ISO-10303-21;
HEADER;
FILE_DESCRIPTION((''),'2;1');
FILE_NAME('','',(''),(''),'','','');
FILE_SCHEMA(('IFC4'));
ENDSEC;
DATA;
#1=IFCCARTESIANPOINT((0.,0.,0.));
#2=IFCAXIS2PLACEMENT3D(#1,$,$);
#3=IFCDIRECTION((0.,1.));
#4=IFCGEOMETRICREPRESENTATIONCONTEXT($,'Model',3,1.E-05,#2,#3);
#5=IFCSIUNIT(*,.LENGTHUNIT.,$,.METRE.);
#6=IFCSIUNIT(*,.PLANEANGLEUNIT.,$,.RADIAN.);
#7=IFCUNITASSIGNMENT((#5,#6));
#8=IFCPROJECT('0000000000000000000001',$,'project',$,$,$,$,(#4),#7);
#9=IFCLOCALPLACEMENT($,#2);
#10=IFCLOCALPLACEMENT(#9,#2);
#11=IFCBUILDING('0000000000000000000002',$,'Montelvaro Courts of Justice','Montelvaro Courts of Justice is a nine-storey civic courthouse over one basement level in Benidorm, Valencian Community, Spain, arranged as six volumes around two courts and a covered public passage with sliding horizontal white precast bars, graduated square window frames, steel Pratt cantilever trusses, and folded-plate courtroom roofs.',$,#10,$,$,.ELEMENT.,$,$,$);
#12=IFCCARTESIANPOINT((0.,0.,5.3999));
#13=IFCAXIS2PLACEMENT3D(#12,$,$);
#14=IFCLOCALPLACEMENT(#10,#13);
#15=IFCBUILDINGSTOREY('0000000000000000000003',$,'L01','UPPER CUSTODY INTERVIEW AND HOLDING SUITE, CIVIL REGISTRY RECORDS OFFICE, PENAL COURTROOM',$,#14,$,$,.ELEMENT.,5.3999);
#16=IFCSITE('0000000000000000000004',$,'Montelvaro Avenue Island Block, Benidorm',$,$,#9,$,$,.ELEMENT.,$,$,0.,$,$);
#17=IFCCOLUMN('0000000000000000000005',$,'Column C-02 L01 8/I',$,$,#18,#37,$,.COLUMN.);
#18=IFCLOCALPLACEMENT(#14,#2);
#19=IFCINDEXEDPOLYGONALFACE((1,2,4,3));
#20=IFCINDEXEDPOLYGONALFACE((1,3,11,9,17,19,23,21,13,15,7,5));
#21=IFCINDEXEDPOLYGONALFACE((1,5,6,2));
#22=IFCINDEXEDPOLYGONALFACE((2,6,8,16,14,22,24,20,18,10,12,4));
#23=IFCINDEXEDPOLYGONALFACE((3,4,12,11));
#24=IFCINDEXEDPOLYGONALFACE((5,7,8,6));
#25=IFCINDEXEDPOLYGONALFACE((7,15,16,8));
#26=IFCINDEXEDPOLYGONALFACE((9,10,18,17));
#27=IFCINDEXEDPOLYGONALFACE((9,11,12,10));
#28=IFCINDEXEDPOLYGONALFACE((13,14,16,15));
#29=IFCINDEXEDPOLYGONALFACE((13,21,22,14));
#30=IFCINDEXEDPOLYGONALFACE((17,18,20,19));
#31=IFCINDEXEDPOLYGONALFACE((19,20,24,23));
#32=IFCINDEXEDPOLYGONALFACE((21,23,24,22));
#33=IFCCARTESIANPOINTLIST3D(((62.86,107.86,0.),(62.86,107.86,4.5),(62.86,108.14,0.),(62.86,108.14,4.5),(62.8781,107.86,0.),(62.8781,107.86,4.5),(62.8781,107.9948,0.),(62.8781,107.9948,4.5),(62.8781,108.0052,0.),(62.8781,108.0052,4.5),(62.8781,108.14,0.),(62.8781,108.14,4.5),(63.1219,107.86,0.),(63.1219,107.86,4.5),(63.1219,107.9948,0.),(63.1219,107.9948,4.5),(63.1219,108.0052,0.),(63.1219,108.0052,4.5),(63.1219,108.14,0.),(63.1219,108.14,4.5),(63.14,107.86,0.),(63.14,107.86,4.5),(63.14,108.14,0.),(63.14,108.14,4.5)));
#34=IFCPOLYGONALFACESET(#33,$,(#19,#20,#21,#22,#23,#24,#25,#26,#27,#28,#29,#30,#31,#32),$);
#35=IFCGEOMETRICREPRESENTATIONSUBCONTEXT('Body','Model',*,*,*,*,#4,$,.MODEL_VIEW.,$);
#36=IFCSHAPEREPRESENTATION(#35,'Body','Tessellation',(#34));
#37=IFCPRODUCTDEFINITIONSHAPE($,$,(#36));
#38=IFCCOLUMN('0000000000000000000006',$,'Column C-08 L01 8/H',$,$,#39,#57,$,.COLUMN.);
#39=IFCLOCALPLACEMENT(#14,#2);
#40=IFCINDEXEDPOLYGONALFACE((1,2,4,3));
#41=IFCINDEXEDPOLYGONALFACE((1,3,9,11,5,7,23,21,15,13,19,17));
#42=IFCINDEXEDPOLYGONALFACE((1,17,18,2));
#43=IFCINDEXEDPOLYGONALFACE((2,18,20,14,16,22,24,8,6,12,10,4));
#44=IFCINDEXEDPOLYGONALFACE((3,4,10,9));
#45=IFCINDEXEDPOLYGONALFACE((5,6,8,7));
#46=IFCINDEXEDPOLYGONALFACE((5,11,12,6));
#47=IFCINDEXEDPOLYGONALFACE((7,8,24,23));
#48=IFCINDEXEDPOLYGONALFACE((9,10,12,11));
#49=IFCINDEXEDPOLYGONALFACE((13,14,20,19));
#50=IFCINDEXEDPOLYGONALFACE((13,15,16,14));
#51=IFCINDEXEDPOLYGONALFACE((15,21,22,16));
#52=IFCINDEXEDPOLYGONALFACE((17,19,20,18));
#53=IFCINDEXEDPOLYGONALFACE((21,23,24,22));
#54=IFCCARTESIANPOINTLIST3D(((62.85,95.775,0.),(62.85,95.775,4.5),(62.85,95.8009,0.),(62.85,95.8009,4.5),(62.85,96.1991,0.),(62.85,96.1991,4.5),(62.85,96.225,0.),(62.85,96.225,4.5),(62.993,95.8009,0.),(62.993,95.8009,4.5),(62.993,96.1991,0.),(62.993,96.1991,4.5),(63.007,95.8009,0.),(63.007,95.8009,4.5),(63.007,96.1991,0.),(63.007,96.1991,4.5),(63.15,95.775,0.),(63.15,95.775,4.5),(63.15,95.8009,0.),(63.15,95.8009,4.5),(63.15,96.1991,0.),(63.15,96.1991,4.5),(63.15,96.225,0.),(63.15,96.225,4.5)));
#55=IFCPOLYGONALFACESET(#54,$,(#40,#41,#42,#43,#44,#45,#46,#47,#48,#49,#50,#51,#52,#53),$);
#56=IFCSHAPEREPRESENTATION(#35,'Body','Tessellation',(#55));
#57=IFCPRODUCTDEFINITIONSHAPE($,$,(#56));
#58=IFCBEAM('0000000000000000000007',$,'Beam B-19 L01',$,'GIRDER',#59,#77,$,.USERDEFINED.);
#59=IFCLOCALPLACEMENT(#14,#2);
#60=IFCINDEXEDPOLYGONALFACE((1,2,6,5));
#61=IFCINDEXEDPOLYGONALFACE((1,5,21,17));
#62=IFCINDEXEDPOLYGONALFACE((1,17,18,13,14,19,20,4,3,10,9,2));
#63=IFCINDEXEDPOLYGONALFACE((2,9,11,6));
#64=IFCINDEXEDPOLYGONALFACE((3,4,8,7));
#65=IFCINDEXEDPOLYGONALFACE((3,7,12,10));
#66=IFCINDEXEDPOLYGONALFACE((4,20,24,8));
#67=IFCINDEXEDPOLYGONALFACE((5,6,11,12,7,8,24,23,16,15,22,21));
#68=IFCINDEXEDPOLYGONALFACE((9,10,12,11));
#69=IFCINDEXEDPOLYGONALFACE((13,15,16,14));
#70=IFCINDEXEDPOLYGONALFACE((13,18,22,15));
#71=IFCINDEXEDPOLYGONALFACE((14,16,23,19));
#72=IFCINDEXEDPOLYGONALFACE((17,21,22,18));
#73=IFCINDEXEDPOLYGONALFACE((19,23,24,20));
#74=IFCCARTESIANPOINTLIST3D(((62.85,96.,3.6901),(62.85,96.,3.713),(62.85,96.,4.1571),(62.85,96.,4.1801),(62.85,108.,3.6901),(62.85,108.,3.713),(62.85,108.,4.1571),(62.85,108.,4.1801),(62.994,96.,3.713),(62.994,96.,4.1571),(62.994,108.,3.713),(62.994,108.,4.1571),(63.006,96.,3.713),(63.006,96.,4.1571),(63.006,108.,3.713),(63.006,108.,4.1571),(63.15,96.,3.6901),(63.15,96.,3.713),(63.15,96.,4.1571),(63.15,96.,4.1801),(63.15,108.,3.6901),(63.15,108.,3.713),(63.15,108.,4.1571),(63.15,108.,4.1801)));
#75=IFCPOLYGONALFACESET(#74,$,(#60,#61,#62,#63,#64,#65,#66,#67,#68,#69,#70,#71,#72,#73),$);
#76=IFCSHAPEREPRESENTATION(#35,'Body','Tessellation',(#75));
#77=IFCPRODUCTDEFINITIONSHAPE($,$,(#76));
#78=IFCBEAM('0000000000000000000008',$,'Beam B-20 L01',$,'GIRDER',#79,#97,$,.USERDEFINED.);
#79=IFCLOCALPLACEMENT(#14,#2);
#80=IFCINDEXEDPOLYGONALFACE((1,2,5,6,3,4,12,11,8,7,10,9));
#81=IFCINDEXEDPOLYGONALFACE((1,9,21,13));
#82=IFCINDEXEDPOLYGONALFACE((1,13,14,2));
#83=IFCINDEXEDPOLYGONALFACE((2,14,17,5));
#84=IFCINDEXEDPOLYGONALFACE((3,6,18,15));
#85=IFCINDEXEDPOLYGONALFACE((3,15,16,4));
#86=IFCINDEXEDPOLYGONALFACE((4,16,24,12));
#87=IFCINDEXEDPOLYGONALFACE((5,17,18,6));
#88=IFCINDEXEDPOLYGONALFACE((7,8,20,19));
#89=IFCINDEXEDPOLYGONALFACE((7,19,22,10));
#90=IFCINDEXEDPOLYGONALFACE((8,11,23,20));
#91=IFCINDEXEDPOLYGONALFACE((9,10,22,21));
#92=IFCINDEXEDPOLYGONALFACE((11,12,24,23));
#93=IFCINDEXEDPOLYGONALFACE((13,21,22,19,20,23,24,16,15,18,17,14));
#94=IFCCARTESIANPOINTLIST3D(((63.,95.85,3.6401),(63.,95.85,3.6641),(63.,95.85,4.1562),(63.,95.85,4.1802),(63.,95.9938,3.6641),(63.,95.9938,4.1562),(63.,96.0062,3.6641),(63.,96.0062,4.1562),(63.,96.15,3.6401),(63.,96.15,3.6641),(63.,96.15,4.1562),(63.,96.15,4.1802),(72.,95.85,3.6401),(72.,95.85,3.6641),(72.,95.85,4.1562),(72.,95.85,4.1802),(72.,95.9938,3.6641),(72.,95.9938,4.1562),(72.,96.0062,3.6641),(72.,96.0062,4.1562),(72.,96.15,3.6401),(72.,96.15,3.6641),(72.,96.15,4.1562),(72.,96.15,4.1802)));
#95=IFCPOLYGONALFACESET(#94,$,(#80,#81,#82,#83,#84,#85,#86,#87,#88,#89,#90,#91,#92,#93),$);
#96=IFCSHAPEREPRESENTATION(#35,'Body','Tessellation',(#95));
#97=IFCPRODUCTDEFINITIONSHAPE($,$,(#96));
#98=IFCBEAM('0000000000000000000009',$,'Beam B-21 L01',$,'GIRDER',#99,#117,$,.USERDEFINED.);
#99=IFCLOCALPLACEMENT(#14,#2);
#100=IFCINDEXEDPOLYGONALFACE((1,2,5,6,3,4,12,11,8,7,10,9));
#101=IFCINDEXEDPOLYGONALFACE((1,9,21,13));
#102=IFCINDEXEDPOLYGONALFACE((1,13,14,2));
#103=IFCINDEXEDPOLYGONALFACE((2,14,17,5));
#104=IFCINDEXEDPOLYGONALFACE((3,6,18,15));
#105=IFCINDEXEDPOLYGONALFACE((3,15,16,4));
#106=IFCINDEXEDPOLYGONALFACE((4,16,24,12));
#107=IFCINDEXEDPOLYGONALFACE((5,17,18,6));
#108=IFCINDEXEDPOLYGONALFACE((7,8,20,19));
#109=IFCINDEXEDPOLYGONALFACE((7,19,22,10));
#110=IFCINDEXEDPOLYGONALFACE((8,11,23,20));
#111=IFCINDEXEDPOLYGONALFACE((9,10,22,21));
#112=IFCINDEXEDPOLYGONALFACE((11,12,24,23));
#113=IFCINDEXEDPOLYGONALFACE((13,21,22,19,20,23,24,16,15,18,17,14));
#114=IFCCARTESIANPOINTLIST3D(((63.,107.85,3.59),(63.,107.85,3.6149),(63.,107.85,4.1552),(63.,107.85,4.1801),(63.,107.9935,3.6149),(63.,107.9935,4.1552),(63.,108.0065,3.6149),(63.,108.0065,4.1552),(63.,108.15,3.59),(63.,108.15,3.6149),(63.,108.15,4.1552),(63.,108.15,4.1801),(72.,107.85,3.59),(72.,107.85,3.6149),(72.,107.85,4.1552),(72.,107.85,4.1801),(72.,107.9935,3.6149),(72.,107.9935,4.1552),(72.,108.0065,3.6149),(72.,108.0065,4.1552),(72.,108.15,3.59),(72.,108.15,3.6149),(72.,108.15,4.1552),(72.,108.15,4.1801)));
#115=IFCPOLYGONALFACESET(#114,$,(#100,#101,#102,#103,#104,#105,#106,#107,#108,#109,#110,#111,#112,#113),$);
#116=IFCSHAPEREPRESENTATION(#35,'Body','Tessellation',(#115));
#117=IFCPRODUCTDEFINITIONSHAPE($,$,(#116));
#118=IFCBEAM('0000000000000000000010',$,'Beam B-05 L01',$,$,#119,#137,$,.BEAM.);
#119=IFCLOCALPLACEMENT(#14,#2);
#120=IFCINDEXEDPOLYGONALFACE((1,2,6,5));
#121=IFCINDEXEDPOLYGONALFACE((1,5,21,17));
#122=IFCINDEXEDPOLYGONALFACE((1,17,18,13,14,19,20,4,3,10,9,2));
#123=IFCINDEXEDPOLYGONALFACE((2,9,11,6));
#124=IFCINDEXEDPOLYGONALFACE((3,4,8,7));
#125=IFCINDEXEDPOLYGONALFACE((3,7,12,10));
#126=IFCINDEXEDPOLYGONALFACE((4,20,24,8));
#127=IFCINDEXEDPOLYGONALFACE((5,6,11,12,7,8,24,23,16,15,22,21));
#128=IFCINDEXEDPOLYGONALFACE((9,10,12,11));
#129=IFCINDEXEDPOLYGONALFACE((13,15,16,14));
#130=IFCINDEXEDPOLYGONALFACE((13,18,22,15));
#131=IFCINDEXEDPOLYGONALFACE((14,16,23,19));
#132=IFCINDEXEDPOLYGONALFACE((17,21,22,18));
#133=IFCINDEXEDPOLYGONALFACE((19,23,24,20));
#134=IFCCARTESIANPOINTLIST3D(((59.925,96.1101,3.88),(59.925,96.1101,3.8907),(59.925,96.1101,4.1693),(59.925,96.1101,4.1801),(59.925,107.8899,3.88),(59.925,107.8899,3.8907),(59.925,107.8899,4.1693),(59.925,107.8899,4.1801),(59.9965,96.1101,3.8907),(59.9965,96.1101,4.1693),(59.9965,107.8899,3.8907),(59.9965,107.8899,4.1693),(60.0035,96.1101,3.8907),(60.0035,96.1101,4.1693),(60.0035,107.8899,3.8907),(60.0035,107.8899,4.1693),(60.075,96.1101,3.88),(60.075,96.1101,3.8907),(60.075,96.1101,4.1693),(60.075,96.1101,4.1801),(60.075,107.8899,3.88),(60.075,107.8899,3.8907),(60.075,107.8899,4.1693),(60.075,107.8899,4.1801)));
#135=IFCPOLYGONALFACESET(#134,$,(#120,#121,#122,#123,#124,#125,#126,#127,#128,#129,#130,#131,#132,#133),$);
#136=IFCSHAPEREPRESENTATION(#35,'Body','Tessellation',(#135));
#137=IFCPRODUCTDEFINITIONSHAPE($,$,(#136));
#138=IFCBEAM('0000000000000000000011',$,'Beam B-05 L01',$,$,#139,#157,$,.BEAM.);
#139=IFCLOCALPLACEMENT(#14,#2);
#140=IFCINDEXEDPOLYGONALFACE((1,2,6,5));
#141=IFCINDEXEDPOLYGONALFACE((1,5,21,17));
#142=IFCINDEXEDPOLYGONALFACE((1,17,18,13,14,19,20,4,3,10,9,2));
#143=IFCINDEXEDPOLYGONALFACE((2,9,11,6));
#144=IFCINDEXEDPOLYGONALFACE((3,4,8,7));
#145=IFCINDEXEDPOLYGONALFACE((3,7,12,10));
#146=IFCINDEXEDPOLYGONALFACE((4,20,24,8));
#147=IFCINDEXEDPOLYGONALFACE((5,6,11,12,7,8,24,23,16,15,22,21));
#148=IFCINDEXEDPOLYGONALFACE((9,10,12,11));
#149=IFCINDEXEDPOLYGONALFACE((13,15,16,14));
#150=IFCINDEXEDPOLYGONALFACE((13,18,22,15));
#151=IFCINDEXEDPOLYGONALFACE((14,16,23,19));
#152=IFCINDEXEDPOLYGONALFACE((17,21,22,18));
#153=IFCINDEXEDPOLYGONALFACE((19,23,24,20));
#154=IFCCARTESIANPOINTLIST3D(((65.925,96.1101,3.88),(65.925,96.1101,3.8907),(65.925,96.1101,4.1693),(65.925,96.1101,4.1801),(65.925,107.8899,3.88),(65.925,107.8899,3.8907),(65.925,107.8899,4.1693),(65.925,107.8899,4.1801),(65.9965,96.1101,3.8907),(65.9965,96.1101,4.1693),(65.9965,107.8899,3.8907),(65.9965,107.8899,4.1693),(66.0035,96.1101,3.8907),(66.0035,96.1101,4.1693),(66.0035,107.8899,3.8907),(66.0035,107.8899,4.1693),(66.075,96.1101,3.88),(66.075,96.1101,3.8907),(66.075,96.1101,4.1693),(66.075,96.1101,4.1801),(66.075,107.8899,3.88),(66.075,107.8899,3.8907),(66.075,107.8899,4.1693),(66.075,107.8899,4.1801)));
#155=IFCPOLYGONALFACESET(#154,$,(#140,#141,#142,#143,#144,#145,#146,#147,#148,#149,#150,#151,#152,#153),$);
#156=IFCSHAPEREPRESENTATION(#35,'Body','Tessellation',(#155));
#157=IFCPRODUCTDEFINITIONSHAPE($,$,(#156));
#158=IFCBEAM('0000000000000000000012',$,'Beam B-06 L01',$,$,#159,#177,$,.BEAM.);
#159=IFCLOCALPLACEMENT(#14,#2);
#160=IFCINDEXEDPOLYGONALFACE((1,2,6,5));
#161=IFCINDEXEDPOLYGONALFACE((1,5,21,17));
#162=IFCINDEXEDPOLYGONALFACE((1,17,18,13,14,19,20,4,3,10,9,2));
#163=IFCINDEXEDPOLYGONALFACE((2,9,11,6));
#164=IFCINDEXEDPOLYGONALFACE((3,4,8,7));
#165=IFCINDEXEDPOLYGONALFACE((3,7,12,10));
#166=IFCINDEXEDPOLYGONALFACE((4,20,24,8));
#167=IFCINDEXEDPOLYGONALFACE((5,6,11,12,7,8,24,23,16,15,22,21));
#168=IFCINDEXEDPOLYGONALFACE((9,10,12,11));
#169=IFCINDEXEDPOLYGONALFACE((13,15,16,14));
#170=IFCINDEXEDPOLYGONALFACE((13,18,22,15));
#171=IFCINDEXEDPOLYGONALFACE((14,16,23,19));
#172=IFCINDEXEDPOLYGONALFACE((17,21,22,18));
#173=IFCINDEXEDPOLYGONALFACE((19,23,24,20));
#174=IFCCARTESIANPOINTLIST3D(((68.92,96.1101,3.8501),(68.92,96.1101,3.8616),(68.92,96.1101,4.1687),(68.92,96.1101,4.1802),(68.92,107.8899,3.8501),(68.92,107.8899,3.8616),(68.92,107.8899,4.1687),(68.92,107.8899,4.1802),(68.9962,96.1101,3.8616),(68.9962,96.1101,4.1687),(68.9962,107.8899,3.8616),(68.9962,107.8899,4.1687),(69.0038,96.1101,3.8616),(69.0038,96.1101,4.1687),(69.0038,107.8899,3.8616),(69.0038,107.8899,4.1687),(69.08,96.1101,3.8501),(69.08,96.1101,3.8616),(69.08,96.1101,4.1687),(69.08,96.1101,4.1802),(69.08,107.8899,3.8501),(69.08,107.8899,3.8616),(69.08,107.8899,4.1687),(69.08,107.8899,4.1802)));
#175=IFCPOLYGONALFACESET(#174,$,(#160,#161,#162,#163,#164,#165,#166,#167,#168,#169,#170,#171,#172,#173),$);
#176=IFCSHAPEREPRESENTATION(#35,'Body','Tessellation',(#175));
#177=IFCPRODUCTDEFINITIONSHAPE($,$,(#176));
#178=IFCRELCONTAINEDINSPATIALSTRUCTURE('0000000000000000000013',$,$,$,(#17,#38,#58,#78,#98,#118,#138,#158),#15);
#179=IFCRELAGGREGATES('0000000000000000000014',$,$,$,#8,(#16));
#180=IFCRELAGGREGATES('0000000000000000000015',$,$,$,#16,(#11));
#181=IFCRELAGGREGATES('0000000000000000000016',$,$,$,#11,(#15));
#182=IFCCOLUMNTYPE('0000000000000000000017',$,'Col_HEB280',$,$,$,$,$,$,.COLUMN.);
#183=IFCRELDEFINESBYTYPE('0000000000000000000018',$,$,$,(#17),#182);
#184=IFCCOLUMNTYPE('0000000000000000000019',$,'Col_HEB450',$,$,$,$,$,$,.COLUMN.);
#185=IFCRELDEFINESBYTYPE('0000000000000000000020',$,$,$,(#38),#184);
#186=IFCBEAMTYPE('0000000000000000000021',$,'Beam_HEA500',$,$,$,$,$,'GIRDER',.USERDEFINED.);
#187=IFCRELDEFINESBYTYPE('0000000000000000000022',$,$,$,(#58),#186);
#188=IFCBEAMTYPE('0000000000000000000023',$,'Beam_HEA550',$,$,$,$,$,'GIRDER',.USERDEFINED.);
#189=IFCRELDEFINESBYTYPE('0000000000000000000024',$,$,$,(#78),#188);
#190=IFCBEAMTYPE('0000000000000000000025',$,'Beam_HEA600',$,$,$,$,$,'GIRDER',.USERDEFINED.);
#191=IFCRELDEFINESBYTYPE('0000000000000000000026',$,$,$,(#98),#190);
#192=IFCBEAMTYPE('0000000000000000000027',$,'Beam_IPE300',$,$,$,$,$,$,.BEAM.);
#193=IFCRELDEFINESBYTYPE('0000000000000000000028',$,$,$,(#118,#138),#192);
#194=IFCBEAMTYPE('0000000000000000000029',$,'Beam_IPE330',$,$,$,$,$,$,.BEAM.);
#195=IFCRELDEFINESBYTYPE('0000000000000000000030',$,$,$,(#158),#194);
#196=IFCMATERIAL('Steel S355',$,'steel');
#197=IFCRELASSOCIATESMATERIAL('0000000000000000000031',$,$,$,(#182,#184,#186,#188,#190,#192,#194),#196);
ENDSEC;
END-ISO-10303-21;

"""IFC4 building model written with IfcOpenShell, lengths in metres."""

from ifc_helpers import new_model, si_unit, direction, frame, origin, origin_2d, place, context, subcontext, project, spatial, i_section, extrude, material, material_profile, profile_set, type_object, element, save


model = new_model("IFC4")

# Units and contexts
model_context = context("Model", 3, precision=1e-05, world=origin(), true_north=direction((0.0, 1.0)))
body_context = subcontext(model_context, "Body", "Model", "MODEL_VIEW")
ifc_project = project(units=[si_unit("LENGTHUNIT", "METRE"), si_unit("PLANEANGLEUNIT", "RADIAN")], contexts=[model_context])

# Site, building, storey
site_placement = place(None, origin())
site = spatial("IfcSite", under=ifc_project, at=site_placement, Name="Montelvaro Avenue Island Block, Benidorm", CompositionType="ELEMENT", RefElevation=0.0)
building_placement = place(site_placement, origin())
building = spatial("IfcBuilding", under=site, at=building_placement, Name="Montelvaro Courts of Justice", Description="Montelvaro Courts of Justice is a nine-storey civic courthouse over one basement level in Benidorm, Valencian Community, Spain, arranged as six volumes around two courts and a covered public passage with sliding horizontal white precast bars, graduated square window frames, steel Pratt cantilever trusses, and folded-plate courtroom roofs.", CompositionType="ELEMENT")
storey_placement = place(building_placement, frame((0.0, 0.0, 5.3999)))
storey = spatial("IfcBuildingStorey", under=building, at=storey_placement, Name="L01", Description="UPPER CUSTODY INTERVIEW AND HOLDING SUITE, CIVIL REGISTRY RECORDS OFFICE, PENAL COURTROOM", CompositionType="ELEMENT", Elevation=5.3999)

# Columns
ifc_material_1 = material(Name="Steel S355", Category="steel")
ifc_material_profile_1 = material_profile(ifc_material_1, i_section(OverallWidth=0.28, OverallDepth=0.28, WebThickness=0.0105, FlangeThickness=0.0181, at=origin_2d()), Name="HEB 280")
ifc_profile_set_1 = profile_set([ifc_material_profile_1], Name="Steel S355")
column_type_1 = type_object("IfcColumnType", Name="Col_HEB280", PredefinedType="COLUMN", material=ifc_profile_set_1)
column_1_placement = place(storey_placement, frame((63.0, 108.0, 0.0), z_axis=(0.0, 0.0, 1.0), x_axis=(0.0, 1.0, 0.0)))
element("IfcColumn", 1, at=column_1_placement, inside=storey, type_object=column_type_1, Name="Column C-02 L01 8/I", PredefinedType="COLUMN", context=body_context, shape_type="SweptSolid", body=[
    extrude(i_section(OverallWidth=0.28, OverallDepth=0.28, WebThickness=0.0105, FlangeThickness=0.0181, at=origin_2d()), origin(), (0.0, 0.0, 1.0), 4.5),
])
ifc_material_profile_2 = material_profile(ifc_material_1, i_section(OverallWidth=0.3, OverallDepth=0.45, WebThickness=0.0139, FlangeThickness=0.0259, at=origin_2d()), Name="HEB 450")
ifc_profile_set_2 = profile_set([ifc_material_profile_2], Name="Steel S355")
column_type_2 = type_object("IfcColumnType", Name="Col_HEB450", PredefinedType="COLUMN", material=ifc_profile_set_2)
column_2_placement = place(storey_placement, frame((63.0, 96.0, 0.0), z_axis=(0.0, 0.0, 1.0), x_axis=(1.0, 0.0, 0.0)))
element("IfcColumn", 2, at=column_2_placement, inside=storey, type_object=column_type_2, Name="Column C-08 L01 8/H", PredefinedType="COLUMN", context=body_context, shape_type="SweptSolid", body=[
    extrude(i_section(OverallWidth=0.3, OverallDepth=0.45, WebThickness=0.0139, FlangeThickness=0.0259, at=origin_2d()), origin(), (0.0, 0.0, 1.0), 4.5),
])

# Beams
ifc_material_profile_3 = material_profile(ifc_material_1, i_section(OverallWidth=0.3, OverallDepth=0.49, WebThickness=0.012, FlangeThickness=0.0229, at=origin_2d()), Name="HEA 500")
ifc_profile_set_3 = profile_set([ifc_material_profile_3], Name="Steel S355")
beam_type_1 = type_object("IfcBeamType", Name="Beam_HEA500", ElementType="GIRDER", PredefinedType="USERDEFINED", material=ifc_profile_set_3)
beam_1_placement = place(storey_placement, frame((63.0, 96.0, 3.9351), z_axis=(0.0, 1.0, 0.0), x_axis=(-1.0, 0.0, 0.0)))
element("IfcBeam", 3, at=beam_1_placement, inside=storey, type_object=beam_type_1, Name="Beam B-19 L01", ObjectType="GIRDER", PredefinedType="USERDEFINED", context=body_context, shape_type="SweptSolid", body=[
    extrude(i_section(OverallWidth=0.3, OverallDepth=0.49, WebThickness=0.012, FlangeThickness=0.0229, at=origin_2d()), origin(), (0.0, 0.0, 1.0), 12.0),
])
ifc_material_profile_4 = material_profile(ifc_material_1, i_section(OverallWidth=0.3, OverallDepth=0.54, WebThickness=0.0125, FlangeThickness=0.0239, at=origin_2d()), Name="HEA 550")
ifc_profile_set_4 = profile_set([ifc_material_profile_4], Name="Steel S355")
beam_type_2 = type_object("IfcBeamType", Name="Beam_HEA550", ElementType="GIRDER", PredefinedType="USERDEFINED", material=ifc_profile_set_4)
beam_2_placement = place(storey_placement, frame((63.0, 96.0, 3.9102), z_axis=(1.0, 0.0, 0.0), x_axis=(0.0, 1.0, 0.0)))
element("IfcBeam", 4, at=beam_2_placement, inside=storey, type_object=beam_type_2, Name="Beam B-20 L01", ObjectType="GIRDER", PredefinedType="USERDEFINED", context=body_context, shape_type="SweptSolid", body=[
    extrude(i_section(OverallWidth=0.3, OverallDepth=0.54, WebThickness=0.0125, FlangeThickness=0.0239, at=origin_2d()), origin(), (0.0, 0.0, 1.0), 9.0),
])
ifc_material_profile_5 = material_profile(ifc_material_1, i_section(OverallWidth=0.3, OverallDepth=0.5901, WebThickness=0.0129, FlangeThickness=0.0249, at=origin_2d()), Name="HEA 600")
ifc_profile_set_5 = profile_set([ifc_material_profile_5], Name="Steel S355")
beam_type_3 = type_object("IfcBeamType", Name="Beam_HEA600", ElementType="GIRDER", PredefinedType="USERDEFINED", material=ifc_profile_set_5)
beam_3_placement = place(storey_placement, frame((63.0, 108.0, 3.885), z_axis=(1.0, 0.0, 0.0), x_axis=(0.0, 1.0, 0.0)))
element("IfcBeam", 5, at=beam_3_placement, inside=storey, type_object=beam_type_3, Name="Beam B-21 L01", ObjectType="GIRDER", PredefinedType="USERDEFINED", context=body_context, shape_type="SweptSolid", body=[
    extrude(i_section(OverallWidth=0.3, OverallDepth=0.5901, WebThickness=0.0129, FlangeThickness=0.0249, at=origin_2d()), origin(), (0.0, 0.0, 1.0), 9.0),
])
ifc_material_profile_6 = material_profile(ifc_material_1, i_section(OverallWidth=0.1499, OverallDepth=0.3, WebThickness=0.0071, FlangeThickness=0.0107, at=origin_2d()), Name="IPE 300")
ifc_profile_set_6 = profile_set([ifc_material_profile_6], Name="Steel S355")
beam_type_4 = type_object("IfcBeamType", Name="Beam_IPE300", PredefinedType="BEAM", material=ifc_profile_set_6)
for number, where, z_axis, x_axis, name in (
    (6, (60.0, 96.1101, 4.03), (0.0, 1.0, 0.0), (-1.0, 0.0, 0.0), "Beam B-05 L01"),
    (7, (66.0, 96.1101, 4.03), (0.0, 1.0, 0.0), (-1.0, 0.0, 0.0), "Beam B-05 L01"),
):
    element("IfcBeam", number, at=place(storey_placement, frame(where, z_axis=z_axis, x_axis=x_axis)), inside=storey, type_object=beam_type_4, Name=name, PredefinedType="BEAM", context=body_context, shape_type="SweptSolid", body=[
        extrude(i_section(OverallWidth=0.1499, OverallDepth=0.3, WebThickness=0.0071, FlangeThickness=0.0107, at=origin_2d()), origin(), (0.0, 0.0, 1.0), 11.7798),
    ])
ifc_material_profile_7 = material_profile(ifc_material_1, i_section(OverallWidth=0.1599, OverallDepth=0.3301, WebThickness=0.0076, FlangeThickness=0.0115, at=origin_2d()), Name="IPE 330")
ifc_profile_set_7 = profile_set([ifc_material_profile_7], Name="Steel S355")
beam_type_5 = type_object("IfcBeamType", Name="Beam_IPE330", PredefinedType="BEAM", material=ifc_profile_set_7)
beam_4_placement = place(storey_placement, frame((69.0, 96.1101, 4.0151), z_axis=(0.0, 1.0, 0.0), x_axis=(-1.0, 0.0, 0.0)))
element("IfcBeam", 8, at=beam_4_placement, inside=storey, type_object=beam_type_5, Name="Beam B-06 L01", PredefinedType="BEAM", context=body_context, shape_type="SweptSolid", body=[
    extrude(i_section(OverallWidth=0.1599, OverallDepth=0.3301, WebThickness=0.0076, FlangeThickness=0.0115, at=origin_2d()), origin(), (0.0, 0.0, 1.0), 11.7798),
])

save(model, "model.ifc")
